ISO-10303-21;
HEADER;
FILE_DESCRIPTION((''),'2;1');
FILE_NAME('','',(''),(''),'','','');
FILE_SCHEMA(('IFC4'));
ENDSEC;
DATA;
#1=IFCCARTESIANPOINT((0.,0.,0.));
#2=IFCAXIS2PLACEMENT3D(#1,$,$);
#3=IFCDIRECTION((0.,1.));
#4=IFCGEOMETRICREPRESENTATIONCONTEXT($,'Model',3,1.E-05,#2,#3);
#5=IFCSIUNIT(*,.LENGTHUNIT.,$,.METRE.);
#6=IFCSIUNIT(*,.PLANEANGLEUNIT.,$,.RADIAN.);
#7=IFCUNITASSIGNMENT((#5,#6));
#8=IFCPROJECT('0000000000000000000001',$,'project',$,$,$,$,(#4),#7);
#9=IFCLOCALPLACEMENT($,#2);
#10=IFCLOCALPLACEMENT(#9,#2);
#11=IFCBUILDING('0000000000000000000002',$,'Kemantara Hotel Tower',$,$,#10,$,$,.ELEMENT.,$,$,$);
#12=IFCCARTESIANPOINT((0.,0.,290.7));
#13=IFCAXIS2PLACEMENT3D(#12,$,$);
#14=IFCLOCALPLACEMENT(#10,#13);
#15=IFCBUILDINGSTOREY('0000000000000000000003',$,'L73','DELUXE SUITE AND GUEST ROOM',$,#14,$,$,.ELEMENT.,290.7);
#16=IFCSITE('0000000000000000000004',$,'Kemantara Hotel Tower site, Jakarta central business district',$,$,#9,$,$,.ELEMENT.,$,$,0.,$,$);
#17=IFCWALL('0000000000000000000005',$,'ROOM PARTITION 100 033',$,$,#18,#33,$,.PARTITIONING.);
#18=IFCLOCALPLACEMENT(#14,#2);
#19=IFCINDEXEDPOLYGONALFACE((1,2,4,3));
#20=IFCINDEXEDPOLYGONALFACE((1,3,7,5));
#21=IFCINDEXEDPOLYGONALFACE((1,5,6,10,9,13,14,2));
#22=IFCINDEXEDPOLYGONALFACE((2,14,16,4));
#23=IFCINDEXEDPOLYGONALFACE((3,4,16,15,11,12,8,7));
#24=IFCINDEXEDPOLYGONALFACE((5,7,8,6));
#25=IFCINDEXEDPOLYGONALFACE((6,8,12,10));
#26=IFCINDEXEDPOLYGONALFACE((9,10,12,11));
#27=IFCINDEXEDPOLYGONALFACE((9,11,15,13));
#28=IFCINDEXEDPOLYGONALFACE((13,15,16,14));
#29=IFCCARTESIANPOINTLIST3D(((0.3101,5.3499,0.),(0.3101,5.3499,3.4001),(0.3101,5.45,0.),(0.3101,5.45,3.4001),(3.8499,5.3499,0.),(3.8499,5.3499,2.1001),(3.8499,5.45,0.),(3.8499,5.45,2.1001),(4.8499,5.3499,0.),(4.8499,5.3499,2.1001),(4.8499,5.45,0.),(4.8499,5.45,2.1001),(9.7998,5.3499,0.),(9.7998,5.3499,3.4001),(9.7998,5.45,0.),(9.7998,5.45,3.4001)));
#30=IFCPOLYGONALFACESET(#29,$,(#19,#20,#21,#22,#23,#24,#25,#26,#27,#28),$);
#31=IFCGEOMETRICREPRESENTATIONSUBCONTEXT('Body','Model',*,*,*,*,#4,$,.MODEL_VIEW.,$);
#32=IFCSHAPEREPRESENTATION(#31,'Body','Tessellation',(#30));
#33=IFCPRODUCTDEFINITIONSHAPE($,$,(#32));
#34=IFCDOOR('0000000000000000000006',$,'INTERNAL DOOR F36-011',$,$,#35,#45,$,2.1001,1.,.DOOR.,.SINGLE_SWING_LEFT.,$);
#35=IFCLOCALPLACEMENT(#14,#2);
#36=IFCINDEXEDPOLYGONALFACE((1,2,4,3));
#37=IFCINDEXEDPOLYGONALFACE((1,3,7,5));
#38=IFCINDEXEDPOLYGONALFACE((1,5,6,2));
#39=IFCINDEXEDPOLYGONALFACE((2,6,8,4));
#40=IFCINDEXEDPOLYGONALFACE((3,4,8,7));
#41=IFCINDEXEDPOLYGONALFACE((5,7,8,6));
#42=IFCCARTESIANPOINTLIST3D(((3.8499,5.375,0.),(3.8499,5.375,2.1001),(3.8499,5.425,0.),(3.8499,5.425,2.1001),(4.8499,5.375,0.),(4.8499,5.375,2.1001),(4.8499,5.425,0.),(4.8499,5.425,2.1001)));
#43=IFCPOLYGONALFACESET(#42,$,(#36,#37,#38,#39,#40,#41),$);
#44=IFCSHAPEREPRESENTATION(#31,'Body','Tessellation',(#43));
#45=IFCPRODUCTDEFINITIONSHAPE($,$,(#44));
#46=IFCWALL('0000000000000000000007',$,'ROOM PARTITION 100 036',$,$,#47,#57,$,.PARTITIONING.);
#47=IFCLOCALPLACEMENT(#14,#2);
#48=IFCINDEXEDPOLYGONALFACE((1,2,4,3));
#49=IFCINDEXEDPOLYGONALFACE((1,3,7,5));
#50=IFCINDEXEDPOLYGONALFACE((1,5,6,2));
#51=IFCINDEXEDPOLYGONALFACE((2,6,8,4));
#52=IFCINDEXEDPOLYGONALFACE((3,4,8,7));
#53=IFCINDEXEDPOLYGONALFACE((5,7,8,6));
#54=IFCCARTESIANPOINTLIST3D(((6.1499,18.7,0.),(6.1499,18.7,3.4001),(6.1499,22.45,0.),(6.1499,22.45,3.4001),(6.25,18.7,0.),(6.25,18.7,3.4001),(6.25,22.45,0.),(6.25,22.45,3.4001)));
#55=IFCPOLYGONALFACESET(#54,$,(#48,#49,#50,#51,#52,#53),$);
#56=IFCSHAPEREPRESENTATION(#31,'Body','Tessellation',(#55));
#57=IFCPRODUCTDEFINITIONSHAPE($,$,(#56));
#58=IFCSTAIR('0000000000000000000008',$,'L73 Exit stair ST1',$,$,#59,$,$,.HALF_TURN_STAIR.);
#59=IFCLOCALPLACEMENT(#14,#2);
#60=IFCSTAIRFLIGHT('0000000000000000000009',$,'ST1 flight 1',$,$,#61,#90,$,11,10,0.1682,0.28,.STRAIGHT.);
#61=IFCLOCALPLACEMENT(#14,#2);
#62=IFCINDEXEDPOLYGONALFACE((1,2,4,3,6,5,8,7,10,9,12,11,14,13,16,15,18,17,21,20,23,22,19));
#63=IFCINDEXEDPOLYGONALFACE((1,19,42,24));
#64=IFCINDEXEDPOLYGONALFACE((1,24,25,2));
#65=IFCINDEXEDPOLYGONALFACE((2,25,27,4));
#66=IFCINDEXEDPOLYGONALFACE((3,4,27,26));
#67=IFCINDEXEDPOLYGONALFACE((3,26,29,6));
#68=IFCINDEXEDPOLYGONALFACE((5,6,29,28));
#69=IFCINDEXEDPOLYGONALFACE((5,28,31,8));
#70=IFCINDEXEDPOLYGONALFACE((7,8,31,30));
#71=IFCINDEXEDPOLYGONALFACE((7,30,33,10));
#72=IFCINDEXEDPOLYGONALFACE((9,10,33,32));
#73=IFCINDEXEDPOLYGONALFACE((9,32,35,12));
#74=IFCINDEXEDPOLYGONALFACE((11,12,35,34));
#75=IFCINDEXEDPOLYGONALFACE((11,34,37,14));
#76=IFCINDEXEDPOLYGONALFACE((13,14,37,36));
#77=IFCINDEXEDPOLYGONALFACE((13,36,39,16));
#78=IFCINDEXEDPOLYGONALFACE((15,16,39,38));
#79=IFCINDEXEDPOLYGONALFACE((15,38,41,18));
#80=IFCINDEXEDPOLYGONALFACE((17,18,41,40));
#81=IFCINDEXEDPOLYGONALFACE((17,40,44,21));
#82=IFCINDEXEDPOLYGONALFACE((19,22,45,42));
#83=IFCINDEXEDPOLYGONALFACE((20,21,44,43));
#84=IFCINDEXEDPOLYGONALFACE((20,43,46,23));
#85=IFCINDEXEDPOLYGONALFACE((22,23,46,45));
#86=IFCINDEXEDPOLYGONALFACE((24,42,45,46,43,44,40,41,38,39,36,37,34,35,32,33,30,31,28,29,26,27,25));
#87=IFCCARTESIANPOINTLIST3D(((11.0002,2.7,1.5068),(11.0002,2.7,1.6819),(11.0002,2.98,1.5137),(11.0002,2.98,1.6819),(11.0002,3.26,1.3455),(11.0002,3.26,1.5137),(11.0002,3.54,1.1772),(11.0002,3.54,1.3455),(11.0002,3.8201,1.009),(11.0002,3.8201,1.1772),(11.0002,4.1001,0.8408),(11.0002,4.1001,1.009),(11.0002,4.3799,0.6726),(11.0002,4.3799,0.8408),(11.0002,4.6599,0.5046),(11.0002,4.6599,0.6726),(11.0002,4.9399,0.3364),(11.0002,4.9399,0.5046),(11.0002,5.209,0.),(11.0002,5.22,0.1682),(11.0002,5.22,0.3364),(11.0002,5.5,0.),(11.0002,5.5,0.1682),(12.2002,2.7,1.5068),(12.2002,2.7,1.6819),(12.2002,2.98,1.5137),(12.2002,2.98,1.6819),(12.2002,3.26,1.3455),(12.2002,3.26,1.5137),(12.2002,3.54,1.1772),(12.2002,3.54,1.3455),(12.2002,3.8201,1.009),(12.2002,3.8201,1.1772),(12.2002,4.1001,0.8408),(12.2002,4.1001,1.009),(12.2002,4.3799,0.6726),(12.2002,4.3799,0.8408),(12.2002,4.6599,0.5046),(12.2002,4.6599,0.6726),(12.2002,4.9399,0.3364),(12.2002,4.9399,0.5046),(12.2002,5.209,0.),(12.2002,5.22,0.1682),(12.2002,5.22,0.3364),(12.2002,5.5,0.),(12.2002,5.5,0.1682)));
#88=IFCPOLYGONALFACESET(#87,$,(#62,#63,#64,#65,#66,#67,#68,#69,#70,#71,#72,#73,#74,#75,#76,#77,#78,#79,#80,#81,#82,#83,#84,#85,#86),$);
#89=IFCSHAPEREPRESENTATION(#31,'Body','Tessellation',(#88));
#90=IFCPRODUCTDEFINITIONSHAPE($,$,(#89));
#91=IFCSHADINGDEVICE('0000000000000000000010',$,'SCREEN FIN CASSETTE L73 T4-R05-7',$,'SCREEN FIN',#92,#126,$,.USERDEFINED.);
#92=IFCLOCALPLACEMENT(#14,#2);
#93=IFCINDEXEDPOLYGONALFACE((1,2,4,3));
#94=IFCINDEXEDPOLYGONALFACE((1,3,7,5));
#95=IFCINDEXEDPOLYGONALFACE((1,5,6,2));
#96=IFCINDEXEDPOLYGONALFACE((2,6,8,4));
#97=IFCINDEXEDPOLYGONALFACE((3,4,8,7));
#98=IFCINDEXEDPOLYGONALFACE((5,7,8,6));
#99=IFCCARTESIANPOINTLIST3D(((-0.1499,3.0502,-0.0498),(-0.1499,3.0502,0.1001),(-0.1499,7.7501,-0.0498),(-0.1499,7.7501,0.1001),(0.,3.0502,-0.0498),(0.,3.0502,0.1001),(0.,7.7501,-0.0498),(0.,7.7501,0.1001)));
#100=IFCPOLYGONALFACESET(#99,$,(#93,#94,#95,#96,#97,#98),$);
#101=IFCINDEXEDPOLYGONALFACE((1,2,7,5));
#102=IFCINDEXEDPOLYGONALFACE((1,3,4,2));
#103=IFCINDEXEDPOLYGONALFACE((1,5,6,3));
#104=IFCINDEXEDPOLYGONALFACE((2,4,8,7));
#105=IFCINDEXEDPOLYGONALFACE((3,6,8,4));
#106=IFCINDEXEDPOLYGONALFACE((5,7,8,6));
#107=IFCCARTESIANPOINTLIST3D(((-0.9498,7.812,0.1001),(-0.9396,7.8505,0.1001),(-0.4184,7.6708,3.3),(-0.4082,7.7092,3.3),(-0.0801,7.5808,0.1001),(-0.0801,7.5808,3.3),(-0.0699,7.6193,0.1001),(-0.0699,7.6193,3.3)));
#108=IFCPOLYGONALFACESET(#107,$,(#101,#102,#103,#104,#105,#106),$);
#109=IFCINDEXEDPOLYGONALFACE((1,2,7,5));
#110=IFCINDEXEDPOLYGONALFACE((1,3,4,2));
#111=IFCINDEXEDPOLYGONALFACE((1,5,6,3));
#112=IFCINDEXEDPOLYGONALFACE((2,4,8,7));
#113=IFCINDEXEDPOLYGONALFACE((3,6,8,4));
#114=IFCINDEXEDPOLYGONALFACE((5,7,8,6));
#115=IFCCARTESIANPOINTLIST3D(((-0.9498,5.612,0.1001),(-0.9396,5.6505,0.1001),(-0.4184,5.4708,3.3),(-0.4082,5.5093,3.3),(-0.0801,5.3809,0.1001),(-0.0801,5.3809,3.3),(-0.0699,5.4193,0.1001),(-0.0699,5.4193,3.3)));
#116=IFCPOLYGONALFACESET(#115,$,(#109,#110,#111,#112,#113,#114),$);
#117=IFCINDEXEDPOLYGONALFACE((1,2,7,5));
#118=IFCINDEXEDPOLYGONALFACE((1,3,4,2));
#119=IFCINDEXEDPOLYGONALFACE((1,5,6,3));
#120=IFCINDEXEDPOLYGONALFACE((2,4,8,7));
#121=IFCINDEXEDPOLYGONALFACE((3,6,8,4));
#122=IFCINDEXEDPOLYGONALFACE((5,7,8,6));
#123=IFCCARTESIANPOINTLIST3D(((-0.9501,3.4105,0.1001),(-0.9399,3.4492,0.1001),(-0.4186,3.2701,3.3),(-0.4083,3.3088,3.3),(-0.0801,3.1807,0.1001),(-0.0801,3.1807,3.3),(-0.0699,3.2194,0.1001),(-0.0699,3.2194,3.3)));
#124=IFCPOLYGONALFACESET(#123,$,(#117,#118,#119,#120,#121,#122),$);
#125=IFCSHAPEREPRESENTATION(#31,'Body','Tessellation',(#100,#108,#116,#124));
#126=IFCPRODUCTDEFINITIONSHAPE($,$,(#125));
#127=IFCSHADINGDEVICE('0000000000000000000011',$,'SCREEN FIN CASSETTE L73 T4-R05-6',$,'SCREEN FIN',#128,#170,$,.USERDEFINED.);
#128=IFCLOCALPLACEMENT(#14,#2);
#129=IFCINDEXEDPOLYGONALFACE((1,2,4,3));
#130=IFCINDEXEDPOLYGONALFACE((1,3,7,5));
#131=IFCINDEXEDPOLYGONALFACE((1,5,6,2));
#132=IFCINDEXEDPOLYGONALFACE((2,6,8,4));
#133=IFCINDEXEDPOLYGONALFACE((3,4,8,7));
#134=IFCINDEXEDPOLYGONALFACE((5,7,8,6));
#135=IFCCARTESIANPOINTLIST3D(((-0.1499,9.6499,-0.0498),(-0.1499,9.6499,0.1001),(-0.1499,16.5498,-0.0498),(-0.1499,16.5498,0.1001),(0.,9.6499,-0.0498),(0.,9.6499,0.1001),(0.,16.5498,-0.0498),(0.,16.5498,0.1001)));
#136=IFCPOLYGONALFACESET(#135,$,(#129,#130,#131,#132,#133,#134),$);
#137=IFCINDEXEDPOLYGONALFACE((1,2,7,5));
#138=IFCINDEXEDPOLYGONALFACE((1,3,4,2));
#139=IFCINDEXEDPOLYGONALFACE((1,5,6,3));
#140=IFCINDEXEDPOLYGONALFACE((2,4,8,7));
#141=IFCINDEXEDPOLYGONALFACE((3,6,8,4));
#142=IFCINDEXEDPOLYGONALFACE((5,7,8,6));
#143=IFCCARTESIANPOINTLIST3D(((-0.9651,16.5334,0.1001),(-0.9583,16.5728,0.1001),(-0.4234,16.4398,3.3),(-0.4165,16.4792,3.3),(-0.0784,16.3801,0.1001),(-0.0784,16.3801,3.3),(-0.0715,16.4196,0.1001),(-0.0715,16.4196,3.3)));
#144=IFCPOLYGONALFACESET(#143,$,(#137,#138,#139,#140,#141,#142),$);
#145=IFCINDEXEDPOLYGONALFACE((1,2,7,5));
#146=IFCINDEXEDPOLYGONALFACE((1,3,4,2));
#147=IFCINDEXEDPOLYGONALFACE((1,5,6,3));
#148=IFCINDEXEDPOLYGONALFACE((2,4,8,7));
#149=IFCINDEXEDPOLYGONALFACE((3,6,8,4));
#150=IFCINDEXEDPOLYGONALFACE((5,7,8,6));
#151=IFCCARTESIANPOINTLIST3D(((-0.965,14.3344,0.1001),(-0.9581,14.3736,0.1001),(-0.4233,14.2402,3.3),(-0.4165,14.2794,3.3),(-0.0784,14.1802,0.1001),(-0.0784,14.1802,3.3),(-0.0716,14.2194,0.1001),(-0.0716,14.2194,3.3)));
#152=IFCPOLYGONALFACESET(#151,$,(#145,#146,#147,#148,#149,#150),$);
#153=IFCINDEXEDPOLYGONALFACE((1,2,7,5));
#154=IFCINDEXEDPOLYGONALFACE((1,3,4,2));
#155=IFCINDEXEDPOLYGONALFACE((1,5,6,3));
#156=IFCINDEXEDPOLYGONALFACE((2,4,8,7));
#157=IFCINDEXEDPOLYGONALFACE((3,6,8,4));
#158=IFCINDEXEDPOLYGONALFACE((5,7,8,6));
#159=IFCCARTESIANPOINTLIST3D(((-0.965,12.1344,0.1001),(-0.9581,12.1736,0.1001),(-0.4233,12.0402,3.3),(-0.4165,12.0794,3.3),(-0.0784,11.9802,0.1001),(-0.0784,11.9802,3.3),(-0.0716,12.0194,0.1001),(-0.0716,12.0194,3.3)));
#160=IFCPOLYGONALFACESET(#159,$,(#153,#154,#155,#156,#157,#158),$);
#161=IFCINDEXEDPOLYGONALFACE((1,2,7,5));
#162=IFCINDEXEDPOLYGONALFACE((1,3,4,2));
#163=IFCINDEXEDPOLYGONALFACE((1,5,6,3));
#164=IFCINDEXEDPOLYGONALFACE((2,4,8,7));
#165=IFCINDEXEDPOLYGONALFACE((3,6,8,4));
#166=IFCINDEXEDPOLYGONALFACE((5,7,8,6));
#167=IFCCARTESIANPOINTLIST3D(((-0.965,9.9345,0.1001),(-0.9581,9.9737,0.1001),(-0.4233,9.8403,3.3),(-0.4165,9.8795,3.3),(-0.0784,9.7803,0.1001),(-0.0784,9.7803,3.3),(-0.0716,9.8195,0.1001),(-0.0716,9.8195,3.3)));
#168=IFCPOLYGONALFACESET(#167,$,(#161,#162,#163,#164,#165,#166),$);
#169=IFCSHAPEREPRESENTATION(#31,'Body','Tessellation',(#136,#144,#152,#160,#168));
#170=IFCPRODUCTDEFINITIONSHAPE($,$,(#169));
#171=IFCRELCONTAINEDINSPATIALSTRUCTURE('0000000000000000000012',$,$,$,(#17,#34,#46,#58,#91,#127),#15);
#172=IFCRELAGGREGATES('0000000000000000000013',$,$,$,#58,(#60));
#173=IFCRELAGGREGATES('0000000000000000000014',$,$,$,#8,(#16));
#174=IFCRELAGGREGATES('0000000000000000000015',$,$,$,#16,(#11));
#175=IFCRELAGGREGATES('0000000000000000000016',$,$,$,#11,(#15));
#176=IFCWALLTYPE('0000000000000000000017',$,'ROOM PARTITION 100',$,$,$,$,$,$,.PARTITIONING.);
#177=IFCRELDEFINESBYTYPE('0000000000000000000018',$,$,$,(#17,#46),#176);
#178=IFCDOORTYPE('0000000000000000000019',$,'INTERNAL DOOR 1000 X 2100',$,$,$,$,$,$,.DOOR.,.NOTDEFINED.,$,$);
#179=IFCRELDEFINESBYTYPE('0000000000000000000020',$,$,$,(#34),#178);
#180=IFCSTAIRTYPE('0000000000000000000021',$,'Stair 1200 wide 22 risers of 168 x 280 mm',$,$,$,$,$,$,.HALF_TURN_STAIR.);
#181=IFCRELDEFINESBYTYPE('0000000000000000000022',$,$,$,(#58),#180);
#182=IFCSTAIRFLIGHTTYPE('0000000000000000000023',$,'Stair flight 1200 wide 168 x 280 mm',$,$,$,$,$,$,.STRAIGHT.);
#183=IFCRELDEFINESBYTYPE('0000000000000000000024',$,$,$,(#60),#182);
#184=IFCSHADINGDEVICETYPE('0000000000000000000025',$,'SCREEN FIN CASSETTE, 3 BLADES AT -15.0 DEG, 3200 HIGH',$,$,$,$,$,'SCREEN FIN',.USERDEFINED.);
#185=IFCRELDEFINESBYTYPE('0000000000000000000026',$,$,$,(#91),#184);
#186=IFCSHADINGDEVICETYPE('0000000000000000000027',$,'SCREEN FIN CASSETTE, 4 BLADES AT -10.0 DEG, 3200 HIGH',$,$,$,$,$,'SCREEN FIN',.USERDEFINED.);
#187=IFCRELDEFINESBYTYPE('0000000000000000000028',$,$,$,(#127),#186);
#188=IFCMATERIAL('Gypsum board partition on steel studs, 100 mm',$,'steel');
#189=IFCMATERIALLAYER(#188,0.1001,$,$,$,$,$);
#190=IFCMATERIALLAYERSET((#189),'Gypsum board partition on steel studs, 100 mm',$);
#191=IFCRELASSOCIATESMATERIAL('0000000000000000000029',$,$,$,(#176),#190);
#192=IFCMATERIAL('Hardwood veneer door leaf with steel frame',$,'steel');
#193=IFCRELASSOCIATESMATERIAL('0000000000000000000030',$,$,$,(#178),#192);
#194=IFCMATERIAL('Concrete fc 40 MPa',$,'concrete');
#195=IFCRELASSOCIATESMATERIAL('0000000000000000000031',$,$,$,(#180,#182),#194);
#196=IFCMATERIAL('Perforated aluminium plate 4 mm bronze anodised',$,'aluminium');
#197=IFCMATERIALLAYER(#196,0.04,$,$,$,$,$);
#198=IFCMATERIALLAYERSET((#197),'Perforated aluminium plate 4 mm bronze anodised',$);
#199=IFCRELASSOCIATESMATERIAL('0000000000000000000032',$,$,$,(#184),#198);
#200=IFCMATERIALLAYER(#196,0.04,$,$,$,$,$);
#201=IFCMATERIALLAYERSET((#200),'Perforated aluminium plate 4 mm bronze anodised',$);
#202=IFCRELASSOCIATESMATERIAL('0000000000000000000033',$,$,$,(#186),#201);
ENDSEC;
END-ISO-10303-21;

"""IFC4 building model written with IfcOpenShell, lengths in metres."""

from ifc_helpers import new_model, si_unit, direction, frame, frame_2d, origin, origin_2d, place, context, subcontext, project, spatial, polyline, rectangle, outline, extrude, source, transform, mapped, material, layer, layer_set, type_object, element, fill, aggregate, save


model = new_model("IFC4")

# Units and contexts
model_context = context("Model", 3, precision=1e-05, world=origin(), true_north=direction((0.0, 1.0)))
body_context = subcontext(model_context, "Body", "Model", "MODEL_VIEW")
ifc_project = project(units=[si_unit("LENGTHUNIT", "METRE"), si_unit("PLANEANGLEUNIT", "RADIAN")], contexts=[model_context])

# Site, building, storey
site_placement = place(None, origin())
site = spatial("IfcSite", under=ifc_project, at=site_placement, Name="Kemantara Hotel Tower site, Jakarta central business district", CompositionType="ELEMENT", RefElevation=0.0)
building_placement = place(site_placement, origin())
building = spatial("IfcBuilding", under=site, at=building_placement, Name="Kemantara Hotel Tower", CompositionType="ELEMENT")
storey_placement = place(building_placement, frame((0.0, 0.0, 290.7)))
storey = spatial("IfcBuildingStorey", under=building, at=storey_placement, Name="L73", Description="DELUXE SUITE AND GUEST ROOM", CompositionType="ELEMENT", Elevation=290.7)

# Shared definitions
ifc_material_1 = material(Name="Hardwood veneer door leaf with steel frame", Category="steel")

# Wall, opening, door
ifc_material_2 = material(Name="Gypsum board partition on steel studs, 100 mm", Category="steel")
ifc_layer_1 = layer(ifc_material_2, 0.1001)
ifc_layer_set_1 = layer_set([ifc_layer_1], Name="Gypsum board partition on steel studs, 100 mm")
wall_type_1 = type_object("IfcWallType", Name="ROOM PARTITION 100", PredefinedType="PARTITIONING", material=ifc_layer_set_1)
wall_1_placement = place(storey_placement, frame((9.7998, 5.3999, 0.0), z_axis=(0.0, 0.0, 1.0), x_axis=(-1.0, 0.0, 0.0)))
wall_1 = element("IfcWall", 1, at=wall_1_placement, inside=storey, type_object=wall_type_1, Name="ROOM PARTITION 100 033", PredefinedType="PARTITIONING", context=body_context, shape_type="SweptSolid", body=[
    extrude(rectangle(XDim=9.4897, YDim=0.1001, at=frame_2d((4.7449, 0.0))), origin(), (0.0, 0.0, 1.0), 3.4001),
])
opening_1_placement = place(wall_1_placement, frame((4.95, 0.0, 0.0)))
opening_1 = element("IfcOpeningElement", 2, at=opening_1_placement, cuts=wall_1, PredefinedType="OPENING", context=body_context, shape_type="SweptSolid", body=[
    extrude(rectangle(XDim=1.0, YDim=2.1001, at=frame_2d((0.5, 1.05))), frame((0.0, 0.0601, 0.0), z_axis=(0.0, -1.0, 0.0), x_axis=(1.0, 0.0, 0.0)), (0.0, 0.0, 1.0), 0.1201),
])
door_type_1 = type_object("IfcDoorType", Name="INTERNAL DOOR 1000 X 2100", OperationType="NOTDEFINED", PredefinedType="DOOR", material=ifc_material_1)
door_1_placement = place(opening_1_placement, origin())
door_1 = element("IfcDoor", 3, at=door_1_placement, inside=storey, type_object=door_type_1, Name="INTERNAL DOOR F36-011", OperationType="SINGLE_SWING_LEFT", OverallHeight=2.1001, OverallWidth=1.0, PredefinedType="DOOR", context=body_context, shape_type="SweptSolid", body=[
    extrude(rectangle(XDim=1.0, YDim=2.1001, at=frame_2d((0.5, 1.05))), frame((0.0, 0.0249, 0.0), z_axis=(0.0, -1.0, 0.0), x_axis=(1.0, 0.0, 0.0)), (0.0, 0.0, 1.0), 0.05),
])
fill(opening_1, door_1)

# Wall
wall_2_placement = place(storey_placement, frame((6.2, 18.7, 0.0), z_axis=(0.0, 0.0, 1.0), x_axis=(0.0, 1.0, 0.0)))
element("IfcWall", 4, at=wall_2_placement, inside=storey, type_object=wall_type_1, Name="ROOM PARTITION 100 036", PredefinedType="PARTITIONING", context=body_context, shape_type="SweptSolid", body=[
    extrude(rectangle(XDim=3.75, YDim=0.1001, at=frame_2d((1.875, 0.0))), origin(), (0.0, 0.0, 1.0), 3.4001),
])

# Stair, stair flight
ifc_material_3 = material(Name="Concrete fc 40 MPa", Category="concrete")
stair_type = type_object("IfcStairType", Name="Stair 1200 wide 22 risers of 168 x 280 mm", PredefinedType="HALF_TURN_STAIR", material=ifc_material_3)
stair_placement = place(storey_placement, origin())
stair = element("IfcStair", 5, at=stair_placement, inside=storey, type_object=stair_type, Name="L73 Exit stair ST1", PredefinedType="HALF_TURN_STAIR")
stair_flight_type = type_object("IfcStairFlightType", Name="Stair flight 1200 wide 168 x 280 mm", PredefinedType="STRAIGHT", material=ifc_material_3)
stair_flight_placement = place(storey_placement, frame((11.6001, 5.5, 0.0), z_axis=(0.0, 0.0, 1.0), x_axis=(0.0, -1.0, 0.0)))
stair_flight = element("IfcStairFlight", 6, at=stair_flight_placement, type_object=stair_flight_type, Name="ST1 flight 1", NumberOfRisers=11, NumberOfTreads=10, PredefinedType="STRAIGHT", RiserHeight=0.1682, TreadLength=0.28, context=body_context, shape_type="SweptSolid", body=[
    extrude(outline(polyline([(0.0, 0.0), (0.0, 0.1682), (0.28, 0.1682), (0.28, 0.3364), (0.5601, 0.3364), (0.5601, 0.5046), (0.8401, 0.5046), (0.8401, 0.6726), (1.1201, 0.6726), (1.1201, 0.8408), (1.3999, 0.8408), (1.3999, 1.009), (1.6799, 1.009), (1.6799, 1.1772), (1.96, 1.1772), (1.96, 1.3455), (2.24, 1.3455), (2.24, 1.5137), (2.52, 1.5137), (2.52, 1.6819), (2.8, 1.6819), (2.8, 1.8501), (2.8, 1.5068), (0.291, 0.0), (0.0, 0.0)])), frame((0.0, 0.6001, 0.0), z_axis=(0.0, -1.0, 0.0), x_axis=(1.0, 0.0, 0.0)), (0.0, 0.0, 1.0), 1.2),
])
aggregate(stair, [stair_flight])

# Shading devices
ifc_material_4 = material(Name="Perforated aluminium plate 4 mm bronze anodised", Category="aluminium")
ifc_layer_2 = layer(ifc_material_4, 0.04)
ifc_layer_set_2 = layer_set([ifc_layer_2], Name="Perforated aluminium plate 4 mm bronze anodised")
shading_device_type_1 = type_object("IfcShadingDeviceType", Name="SCREEN FIN CASSETTE, 3 BLADES AT -15.0 DEG, 3200 HIGH", ElementType="SCREEN FIN", PredefinedType="USERDEFINED", material=ifc_layer_set_2)
shared_shape_1 = source(origin(), body_context, "Body", "SweptSolid", [
    extrude(rectangle(XDim=4.7, YDim=0.1499, at=origin_2d()), frame((2.2, -0.075, -0.1499), z_axis=(0.0, 0.0, 1.0), x_axis=(1.0, 0.0, 0.0)), (0.0, 0.0, 1.0), 0.1499),
    extrude(outline(polyline([(0.0, 0.0), (0.8999, 0.0), (0.3501, 3.2), (0.0, 3.2), (0.0, 0.0)])), frame((0.0193, -0.0801, 0.0), z_axis=(-0.966438, 0.256901, 0.0), x_axis=(-0.256901, -0.966438, 0.0)), (0.0, 0.0, 1.0), 0.0398),
    extrude(outline(polyline([(0.0, 0.0), (0.8999, 0.0), (0.3501, 3.2), (0.0, 3.2), (0.0, 0.0)])), frame((2.2192, -0.0801, 0.0), z_axis=(-0.966438, 0.256901, 0.0), x_axis=(-0.256901, -0.966438, 0.0)), (0.0, 0.0, 1.0), 0.0398),
    extrude(outline(polyline([(0.0, 0.0), (0.8999, 0.0), (0.3501, 3.2), (0.0, 3.2), (0.0, 0.0)])), frame((4.4194, -0.0801, 0.0), z_axis=(-0.966838, 0.255391, 0.0), x_axis=(-0.255391, -0.966838, 0.0)), (0.0, 0.0, 1.0), 0.04),
])
shading_device_1_placement = place(storey_placement, frame((0.0, 7.6001, 0.1001), z_axis=(0.0, 0.0, 1.0), x_axis=(0.0, -1.0, 0.0)))
element("IfcShadingDevice", 7, at=shading_device_1_placement, inside=storey, type_object=shading_device_type_1, Name="SCREEN FIN CASSETTE L73 T4-R05-7", ObjectType="SCREEN FIN", PredefinedType="USERDEFINED", context=body_context, shape_type="MappedRepresentation", body=[
    mapped(shared_shape_1, transform((0.0, 0.0, 0.0))),
])
ifc_layer_3 = layer(ifc_material_4, 0.04)
ifc_layer_set_3 = layer_set([ifc_layer_3], Name="Perforated aluminium plate 4 mm bronze anodised")
shading_device_type_2 = type_object("IfcShadingDeviceType", Name="SCREEN FIN CASSETTE, 4 BLADES AT -10.0 DEG, 3200 HIGH", ElementType="SCREEN FIN", PredefinedType="USERDEFINED", material=ifc_layer_set_3)
shared_shape_2 = source(origin(), body_context, "Body", "SweptSolid", [
    extrude(rectangle(XDim=6.8999, YDim=0.1499, at=origin_2d()), frame((3.3, -0.075, -0.1499), z_axis=(0.0, 0.0, 1.0), x_axis=(1.0, 0.0, 0.0)), (0.0, 0.0, 1.0), 0.1499),
    extrude(outline(polyline([(0.0, 0.0), (0.8999, 0.0), (0.3501, 3.2), (0.0, 3.2), (0.0, 0.0)])), frame((0.0198, -0.0784, 0.0), z_axis=(-0.98539, 0.170314, 0.0), x_axis=(-0.170314, -0.98539, 0.0)), (0.0, 0.0, 1.0), 0.04),
    extrude(outline(polyline([(0.0, 0.0), (0.8999, 0.0), (0.3501, 3.2), (0.0, 3.2), (0.0, 0.0)])), frame((2.2197, -0.0784, 0.0), z_axis=(-0.985212, 0.171341, 0.0), x_axis=(-0.171341, -0.985212, 0.0)), (0.0, 0.0, 1.0), 0.0398),
    extrude(outline(polyline([(0.0, 0.0), (0.8999, 0.0), (0.3501, 3.2), (0.0, 3.2), (0.0, 0.0)])), frame((4.4197, -0.0784, 0.0), z_axis=(-0.985212, 0.171341, 0.0), x_axis=(-0.171341, -0.985212, 0.0)), (0.0, 0.0, 1.0), 0.0398),
    extrude(outline(polyline([(0.0, 0.0), (0.8999, 0.0), (0.3501, 3.2), (0.0, 3.2), (0.0, 0.0)])), frame((6.6196, -0.0784, 0.0), z_axis=(-0.985212, 0.171341, 0.0), x_axis=(-0.171341, -0.985212, 0.0)), (0.0, 0.0, 1.0), 0.0398),
])
shading_device_2_placement = place(storey_placement, frame((0.0, 16.3999, 0.1001), z_axis=(0.0, 0.0, 1.0), x_axis=(0.0, -1.0, 0.0)))
element("IfcShadingDevice", 8, at=shading_device_2_placement, inside=storey, type_object=shading_device_type_2, Name="SCREEN FIN CASSETTE L73 T4-R05-6", ObjectType="SCREEN FIN", PredefinedType="USERDEFINED", context=body_context, shape_type="MappedRepresentation", body=[
    mapped(shared_shape_2, transform((0.0, 0.0, 0.0))),
])

save(model, "model.ifc")
